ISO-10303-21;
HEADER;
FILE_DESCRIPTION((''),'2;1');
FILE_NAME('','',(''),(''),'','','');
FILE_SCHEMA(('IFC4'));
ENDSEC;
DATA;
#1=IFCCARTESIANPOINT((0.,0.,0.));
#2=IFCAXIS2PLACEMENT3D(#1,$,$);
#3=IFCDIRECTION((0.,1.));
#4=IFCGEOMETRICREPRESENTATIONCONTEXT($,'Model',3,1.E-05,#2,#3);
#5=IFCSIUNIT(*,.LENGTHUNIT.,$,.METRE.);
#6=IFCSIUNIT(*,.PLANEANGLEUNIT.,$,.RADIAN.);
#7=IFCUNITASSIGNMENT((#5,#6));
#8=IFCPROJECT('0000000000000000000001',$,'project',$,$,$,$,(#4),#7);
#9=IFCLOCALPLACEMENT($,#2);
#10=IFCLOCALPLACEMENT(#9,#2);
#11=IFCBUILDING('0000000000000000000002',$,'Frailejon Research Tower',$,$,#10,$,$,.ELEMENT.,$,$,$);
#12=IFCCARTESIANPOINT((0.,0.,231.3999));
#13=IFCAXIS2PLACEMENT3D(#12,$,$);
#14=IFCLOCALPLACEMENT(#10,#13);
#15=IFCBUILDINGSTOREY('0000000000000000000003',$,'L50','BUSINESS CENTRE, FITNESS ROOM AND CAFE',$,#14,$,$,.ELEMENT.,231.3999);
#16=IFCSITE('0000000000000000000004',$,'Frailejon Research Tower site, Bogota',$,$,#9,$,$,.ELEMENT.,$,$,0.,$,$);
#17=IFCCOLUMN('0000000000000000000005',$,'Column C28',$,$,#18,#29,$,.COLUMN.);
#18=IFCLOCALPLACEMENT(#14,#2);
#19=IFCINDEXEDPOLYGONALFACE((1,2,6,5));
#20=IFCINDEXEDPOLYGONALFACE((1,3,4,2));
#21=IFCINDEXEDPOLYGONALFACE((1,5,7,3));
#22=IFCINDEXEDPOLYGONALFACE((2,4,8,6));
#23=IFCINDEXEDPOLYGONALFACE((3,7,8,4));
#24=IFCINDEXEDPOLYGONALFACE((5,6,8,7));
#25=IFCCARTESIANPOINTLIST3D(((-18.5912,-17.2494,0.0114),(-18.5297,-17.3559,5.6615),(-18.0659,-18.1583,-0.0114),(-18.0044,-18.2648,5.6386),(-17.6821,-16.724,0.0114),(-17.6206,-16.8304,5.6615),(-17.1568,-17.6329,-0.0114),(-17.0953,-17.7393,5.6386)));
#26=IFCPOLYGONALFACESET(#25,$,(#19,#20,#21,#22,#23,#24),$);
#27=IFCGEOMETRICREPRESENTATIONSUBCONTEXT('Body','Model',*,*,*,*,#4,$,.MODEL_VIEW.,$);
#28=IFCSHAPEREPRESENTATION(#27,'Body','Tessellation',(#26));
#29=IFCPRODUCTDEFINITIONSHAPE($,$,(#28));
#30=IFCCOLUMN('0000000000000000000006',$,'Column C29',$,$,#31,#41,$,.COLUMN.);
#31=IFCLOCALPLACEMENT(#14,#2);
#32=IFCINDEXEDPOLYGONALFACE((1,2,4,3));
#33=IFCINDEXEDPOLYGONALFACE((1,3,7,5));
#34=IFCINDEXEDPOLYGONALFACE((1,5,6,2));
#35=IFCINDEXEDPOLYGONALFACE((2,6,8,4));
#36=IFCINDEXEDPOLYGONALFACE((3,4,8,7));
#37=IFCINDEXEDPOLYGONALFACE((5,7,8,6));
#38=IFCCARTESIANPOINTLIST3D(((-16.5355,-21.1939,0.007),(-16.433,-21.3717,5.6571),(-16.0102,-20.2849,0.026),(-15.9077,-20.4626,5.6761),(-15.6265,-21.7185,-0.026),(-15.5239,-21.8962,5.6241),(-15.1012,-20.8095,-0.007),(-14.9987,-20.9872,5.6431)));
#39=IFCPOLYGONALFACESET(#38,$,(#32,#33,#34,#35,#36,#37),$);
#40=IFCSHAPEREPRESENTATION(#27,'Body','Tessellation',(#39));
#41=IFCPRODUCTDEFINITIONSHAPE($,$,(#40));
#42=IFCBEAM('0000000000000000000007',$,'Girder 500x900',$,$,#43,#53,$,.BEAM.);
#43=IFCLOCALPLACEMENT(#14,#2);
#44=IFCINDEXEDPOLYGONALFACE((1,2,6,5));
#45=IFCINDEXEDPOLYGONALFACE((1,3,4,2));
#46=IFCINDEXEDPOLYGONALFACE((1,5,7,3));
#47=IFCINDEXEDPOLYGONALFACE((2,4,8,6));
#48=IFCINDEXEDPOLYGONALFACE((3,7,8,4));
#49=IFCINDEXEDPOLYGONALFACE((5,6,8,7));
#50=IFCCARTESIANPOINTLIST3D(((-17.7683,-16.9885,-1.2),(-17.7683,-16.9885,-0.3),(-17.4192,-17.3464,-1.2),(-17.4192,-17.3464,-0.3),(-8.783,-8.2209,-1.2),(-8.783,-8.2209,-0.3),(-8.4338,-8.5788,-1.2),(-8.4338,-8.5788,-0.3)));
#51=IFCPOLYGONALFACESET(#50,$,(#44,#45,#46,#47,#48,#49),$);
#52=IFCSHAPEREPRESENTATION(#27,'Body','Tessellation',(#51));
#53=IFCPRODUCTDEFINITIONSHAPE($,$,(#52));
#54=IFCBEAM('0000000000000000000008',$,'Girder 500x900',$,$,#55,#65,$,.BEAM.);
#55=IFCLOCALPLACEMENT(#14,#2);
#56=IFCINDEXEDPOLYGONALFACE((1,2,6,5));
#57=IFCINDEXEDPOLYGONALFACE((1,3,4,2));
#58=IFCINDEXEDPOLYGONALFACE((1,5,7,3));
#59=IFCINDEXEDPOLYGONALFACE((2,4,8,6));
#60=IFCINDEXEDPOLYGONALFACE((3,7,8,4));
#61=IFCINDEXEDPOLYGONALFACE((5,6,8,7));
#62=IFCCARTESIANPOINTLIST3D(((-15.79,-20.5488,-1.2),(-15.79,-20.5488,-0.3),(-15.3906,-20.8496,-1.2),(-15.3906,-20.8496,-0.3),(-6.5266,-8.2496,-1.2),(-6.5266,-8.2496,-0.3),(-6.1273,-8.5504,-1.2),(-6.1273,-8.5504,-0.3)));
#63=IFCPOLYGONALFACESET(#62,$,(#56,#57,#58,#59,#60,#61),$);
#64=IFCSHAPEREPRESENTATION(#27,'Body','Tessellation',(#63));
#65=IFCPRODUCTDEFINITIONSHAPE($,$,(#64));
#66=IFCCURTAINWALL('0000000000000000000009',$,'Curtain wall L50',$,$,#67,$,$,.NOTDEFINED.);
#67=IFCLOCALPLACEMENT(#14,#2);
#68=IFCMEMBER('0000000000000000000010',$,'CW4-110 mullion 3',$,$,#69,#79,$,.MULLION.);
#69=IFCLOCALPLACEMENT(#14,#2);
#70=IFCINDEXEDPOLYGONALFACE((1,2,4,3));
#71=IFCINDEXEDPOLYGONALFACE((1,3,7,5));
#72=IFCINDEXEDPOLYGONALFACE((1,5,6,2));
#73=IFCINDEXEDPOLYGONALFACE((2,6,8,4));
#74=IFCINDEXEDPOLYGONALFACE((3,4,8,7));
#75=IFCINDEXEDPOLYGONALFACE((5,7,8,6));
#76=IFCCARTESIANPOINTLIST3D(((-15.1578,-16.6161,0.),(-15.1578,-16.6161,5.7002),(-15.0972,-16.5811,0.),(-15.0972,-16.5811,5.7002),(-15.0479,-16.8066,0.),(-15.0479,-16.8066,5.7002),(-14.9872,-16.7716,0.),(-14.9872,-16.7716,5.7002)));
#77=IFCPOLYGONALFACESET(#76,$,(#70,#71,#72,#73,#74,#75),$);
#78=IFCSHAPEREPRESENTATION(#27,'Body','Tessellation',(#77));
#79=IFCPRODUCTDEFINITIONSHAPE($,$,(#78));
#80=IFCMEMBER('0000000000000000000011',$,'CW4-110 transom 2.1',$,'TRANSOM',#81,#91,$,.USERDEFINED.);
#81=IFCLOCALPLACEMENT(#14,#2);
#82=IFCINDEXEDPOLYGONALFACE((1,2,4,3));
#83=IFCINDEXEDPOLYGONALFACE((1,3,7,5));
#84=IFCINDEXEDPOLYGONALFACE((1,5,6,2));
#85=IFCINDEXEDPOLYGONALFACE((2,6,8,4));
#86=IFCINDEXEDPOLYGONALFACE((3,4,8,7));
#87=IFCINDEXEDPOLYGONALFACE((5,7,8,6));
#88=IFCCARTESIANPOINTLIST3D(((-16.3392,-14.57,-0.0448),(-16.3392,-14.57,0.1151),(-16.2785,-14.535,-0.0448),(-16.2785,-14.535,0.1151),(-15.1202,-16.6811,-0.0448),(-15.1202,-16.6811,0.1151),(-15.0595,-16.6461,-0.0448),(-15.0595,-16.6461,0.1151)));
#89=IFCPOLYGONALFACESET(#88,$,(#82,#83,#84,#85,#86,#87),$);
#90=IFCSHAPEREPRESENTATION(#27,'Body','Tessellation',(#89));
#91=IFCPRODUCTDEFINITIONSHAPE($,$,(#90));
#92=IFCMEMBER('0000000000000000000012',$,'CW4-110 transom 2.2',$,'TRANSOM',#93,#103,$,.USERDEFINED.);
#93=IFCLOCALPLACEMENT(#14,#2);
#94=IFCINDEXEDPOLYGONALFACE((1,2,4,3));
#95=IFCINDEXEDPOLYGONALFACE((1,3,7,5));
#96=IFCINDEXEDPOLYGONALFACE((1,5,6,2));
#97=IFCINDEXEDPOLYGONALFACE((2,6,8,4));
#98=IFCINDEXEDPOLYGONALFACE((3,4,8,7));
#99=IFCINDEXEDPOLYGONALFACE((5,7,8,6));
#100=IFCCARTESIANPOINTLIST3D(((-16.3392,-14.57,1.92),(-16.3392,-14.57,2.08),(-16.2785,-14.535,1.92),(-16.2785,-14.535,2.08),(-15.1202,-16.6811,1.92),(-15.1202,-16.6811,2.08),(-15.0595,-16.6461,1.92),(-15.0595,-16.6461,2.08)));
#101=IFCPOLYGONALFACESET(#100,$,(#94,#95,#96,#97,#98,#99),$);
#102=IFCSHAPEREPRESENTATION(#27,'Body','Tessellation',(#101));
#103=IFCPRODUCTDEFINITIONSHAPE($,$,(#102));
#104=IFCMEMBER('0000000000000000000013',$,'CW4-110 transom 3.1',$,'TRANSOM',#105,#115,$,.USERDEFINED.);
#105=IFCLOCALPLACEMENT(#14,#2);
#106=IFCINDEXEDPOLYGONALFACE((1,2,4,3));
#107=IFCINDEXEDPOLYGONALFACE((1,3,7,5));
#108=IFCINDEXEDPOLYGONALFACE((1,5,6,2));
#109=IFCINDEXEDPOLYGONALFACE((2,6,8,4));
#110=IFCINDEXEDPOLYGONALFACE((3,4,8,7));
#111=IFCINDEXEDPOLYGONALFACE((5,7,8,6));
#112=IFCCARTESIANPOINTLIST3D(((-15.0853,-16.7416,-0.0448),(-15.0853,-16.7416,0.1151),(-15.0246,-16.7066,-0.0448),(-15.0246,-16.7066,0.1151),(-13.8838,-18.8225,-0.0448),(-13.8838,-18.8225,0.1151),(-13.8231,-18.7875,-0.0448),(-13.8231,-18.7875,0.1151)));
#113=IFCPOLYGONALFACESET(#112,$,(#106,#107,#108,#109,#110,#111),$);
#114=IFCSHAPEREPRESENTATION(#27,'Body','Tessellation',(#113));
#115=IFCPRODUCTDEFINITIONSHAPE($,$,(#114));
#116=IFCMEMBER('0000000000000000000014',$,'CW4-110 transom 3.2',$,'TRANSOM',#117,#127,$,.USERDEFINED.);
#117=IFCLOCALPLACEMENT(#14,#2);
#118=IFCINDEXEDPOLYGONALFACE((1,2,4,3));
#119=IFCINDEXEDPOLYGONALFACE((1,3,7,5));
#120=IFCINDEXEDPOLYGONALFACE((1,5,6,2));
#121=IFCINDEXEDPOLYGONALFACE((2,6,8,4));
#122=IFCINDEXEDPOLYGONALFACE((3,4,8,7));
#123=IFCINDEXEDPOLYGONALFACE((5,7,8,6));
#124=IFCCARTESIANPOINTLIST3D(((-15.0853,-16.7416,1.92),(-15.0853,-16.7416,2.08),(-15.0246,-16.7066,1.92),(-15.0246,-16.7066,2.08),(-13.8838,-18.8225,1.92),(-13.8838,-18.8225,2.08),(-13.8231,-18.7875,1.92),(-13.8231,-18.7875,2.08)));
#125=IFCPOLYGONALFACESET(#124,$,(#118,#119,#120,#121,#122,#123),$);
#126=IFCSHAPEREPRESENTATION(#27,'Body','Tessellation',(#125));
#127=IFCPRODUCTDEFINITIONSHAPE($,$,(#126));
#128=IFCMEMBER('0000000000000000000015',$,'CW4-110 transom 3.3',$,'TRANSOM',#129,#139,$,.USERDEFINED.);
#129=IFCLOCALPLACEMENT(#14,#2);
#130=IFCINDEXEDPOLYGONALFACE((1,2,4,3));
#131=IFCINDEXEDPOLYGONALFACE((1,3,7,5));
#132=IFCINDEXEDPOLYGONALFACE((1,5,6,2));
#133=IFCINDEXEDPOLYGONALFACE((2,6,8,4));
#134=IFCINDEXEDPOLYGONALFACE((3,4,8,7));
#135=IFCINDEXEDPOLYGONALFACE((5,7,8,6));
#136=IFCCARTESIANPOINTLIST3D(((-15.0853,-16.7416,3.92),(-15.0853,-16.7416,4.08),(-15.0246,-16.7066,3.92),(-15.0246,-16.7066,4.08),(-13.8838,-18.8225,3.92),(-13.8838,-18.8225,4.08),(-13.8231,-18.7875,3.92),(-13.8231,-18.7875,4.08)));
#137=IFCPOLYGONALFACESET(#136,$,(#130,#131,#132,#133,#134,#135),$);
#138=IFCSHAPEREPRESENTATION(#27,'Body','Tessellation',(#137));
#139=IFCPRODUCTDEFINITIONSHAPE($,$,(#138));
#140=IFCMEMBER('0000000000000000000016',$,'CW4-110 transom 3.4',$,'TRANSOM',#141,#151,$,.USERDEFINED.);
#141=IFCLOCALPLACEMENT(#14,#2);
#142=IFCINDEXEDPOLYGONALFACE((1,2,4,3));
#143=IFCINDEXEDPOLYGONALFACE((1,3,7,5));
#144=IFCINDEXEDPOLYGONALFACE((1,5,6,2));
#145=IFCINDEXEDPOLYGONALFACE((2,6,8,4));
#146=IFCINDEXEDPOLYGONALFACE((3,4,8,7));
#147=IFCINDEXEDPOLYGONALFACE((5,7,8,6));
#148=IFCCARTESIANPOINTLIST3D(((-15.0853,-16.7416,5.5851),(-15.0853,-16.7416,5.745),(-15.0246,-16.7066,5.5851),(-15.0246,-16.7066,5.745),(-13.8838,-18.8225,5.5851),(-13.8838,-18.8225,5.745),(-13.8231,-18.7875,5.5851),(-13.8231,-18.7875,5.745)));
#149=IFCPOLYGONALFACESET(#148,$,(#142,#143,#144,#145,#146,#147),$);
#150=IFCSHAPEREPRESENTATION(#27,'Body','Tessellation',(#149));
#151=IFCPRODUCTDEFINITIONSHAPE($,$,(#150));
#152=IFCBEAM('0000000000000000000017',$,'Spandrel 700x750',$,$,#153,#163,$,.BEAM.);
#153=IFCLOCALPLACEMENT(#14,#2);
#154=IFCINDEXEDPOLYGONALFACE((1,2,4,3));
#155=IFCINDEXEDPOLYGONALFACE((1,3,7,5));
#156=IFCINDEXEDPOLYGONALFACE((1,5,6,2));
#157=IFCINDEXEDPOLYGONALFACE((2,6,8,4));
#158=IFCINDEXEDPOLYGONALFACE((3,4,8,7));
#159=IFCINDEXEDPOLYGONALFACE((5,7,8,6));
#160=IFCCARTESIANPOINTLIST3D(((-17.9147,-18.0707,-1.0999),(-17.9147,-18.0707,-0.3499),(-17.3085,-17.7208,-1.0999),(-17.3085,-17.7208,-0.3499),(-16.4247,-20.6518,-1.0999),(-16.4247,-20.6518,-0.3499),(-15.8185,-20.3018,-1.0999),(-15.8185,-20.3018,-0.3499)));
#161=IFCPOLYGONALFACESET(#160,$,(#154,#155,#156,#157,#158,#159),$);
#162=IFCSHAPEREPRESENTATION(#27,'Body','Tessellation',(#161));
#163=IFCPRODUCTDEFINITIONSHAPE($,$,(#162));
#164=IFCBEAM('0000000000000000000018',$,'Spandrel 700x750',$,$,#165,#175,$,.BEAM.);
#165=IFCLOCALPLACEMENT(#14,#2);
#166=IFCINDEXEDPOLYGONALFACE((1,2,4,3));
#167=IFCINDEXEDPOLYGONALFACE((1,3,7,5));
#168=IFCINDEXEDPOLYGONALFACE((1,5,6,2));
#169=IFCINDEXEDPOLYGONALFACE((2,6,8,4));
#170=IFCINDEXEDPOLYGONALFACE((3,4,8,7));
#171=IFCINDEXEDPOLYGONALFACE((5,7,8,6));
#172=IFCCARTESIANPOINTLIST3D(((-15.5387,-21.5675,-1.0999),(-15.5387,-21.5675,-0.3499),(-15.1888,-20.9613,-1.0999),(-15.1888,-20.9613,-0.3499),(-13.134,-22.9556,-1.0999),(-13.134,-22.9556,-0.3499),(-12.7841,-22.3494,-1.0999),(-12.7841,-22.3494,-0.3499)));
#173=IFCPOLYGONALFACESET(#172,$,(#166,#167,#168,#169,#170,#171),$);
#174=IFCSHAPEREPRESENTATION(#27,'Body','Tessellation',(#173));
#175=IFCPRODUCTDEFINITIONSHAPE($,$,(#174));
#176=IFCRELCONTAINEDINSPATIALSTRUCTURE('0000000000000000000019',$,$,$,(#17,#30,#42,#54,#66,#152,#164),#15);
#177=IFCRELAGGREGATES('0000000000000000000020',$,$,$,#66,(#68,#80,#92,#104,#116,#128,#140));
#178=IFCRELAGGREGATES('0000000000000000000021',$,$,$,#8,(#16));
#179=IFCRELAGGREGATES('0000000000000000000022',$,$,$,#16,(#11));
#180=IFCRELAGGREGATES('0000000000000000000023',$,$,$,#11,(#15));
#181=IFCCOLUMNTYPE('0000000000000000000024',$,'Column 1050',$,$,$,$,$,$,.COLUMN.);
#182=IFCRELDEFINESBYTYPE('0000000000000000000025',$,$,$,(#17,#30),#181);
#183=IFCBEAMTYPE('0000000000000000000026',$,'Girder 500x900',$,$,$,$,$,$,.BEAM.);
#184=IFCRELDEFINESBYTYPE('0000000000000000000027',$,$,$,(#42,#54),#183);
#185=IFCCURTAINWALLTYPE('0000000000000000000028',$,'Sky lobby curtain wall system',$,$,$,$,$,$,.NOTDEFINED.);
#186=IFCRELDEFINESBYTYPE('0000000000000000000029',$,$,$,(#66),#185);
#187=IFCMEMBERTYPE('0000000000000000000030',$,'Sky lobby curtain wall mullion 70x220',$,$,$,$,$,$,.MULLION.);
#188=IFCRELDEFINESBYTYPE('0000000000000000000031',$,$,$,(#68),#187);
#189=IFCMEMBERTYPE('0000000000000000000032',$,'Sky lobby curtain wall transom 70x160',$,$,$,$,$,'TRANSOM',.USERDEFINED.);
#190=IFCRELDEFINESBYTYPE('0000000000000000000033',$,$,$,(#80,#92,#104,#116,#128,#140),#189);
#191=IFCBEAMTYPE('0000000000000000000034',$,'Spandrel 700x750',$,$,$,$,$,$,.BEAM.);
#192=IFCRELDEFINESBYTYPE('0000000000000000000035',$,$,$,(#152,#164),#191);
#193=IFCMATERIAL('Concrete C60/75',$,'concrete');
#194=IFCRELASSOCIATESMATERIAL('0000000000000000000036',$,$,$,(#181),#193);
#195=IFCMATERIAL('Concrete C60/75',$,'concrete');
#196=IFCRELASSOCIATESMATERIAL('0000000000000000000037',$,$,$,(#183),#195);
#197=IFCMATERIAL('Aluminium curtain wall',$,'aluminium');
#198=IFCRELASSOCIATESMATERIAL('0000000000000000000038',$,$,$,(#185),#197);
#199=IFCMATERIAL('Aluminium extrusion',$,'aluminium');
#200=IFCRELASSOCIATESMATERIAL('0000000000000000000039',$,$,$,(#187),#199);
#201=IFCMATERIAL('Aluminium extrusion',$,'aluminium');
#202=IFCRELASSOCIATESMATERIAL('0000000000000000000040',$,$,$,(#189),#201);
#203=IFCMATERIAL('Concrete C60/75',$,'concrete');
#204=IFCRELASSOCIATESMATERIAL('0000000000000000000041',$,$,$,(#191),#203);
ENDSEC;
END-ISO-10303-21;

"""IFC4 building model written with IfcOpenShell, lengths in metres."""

from ifc_helpers import new_model, si_unit, direction, frame, origin, origin_2d, place, context, subcontext, project, spatial, rectangle, extrude, material, material_profile, profile_set, type_object, element, aggregate, save


model = new_model("IFC4")

# Units and contexts
model_context = context("Model", 3, precision=1e-05, world=origin(), true_north=direction((0.0, 1.0)))
body_context = subcontext(model_context, "Body", "Model", "MODEL_VIEW")
ifc_project = project(units=[si_unit("LENGTHUNIT", "METRE"), si_unit("PLANEANGLEUNIT", "RADIAN")], contexts=[model_context])

# Site, building, storey
site_placement = place(None, origin())
site = spatial("IfcSite", under=ifc_project, at=site_placement, Name="Frailejon Research Tower site, Bogota", CompositionType="ELEMENT", RefElevation=0.0)
building_placement = place(site_placement, origin())
building = spatial("IfcBuilding", under=site, at=building_placement, Name="Frailejon Research Tower", CompositionType="ELEMENT")
storey_placement = place(building_placement, frame((0.0, 0.0, 231.3999)))
storey = spatial("IfcBuildingStorey", under=building, at=storey_placement, Name="L50", Description="BUSINESS CENTRE, FITNESS ROOM AND CAFE", CompositionType="ELEMENT", Elevation=231.3999)

# Columns
ifc_material_1 = material(Name="Concrete C60/75", Category="concrete")
ifc_material_profile_1 = material_profile(ifc_material_1, rectangle(XDim=1.05, YDim=1.05, at=origin_2d()), Name="Column 1050")
ifc_profile_set_1 = profile_set([ifc_material_profile_1], Name="Concrete C60/75")
column_type = type_object("IfcColumnType", Name="Column 1050", PredefinedType="COLUMN", material=ifc_profile_set_1)
column_1_placement = place(storey_placement, frame((-17.874, -17.4412, 0.0), z_axis=(0.010886, -0.018835, 0.999763), x_axis=(0.500282, -0.865589, -0.021755)))
element("IfcColumn", 1, at=column_1_placement, inside=storey, type_object=column_type, Name="Column C28", PredefinedType="COLUMN", context=body_context, shape_type="SweptSolid", body=[
    extrude(rectangle(XDim=1.05, YDim=1.05, at=origin_2d()), origin(), (0.0, 0.0, 1.0), 5.6514),
])
column_2_placement = place(storey_placement, frame((-15.8184, -21.0017, 0.0), z_axis=(0.018136, -0.031436, 0.999341), x_axis=(0.8657, -0.499576, -0.031426)))
element("IfcColumn", 2, at=column_2_placement, inside=storey, type_object=column_type, Name="Column C29", PredefinedType="COLUMN", context=body_context, shape_type="SweptSolid", body=[
    extrude(rectangle(XDim=1.05, YDim=1.05, at=origin_2d()), origin(), (0.0, 0.0, 1.0), 5.6538),
])

# Beams
ifc_material_2 = material(Name="Concrete C60/75", Category="concrete")
ifc_material_profile_2 = material_profile(ifc_material_2, rectangle(XDim=0.5, YDim=0.8999, at=origin_2d()), Name="Girder 500x900")
ifc_profile_set_2 = profile_set([ifc_material_profile_2], Name="Concrete C60/75")
beam_type_1 = type_object("IfcBeamType", Name="Girder 500x900", PredefinedType="BEAM", material=ifc_profile_set_2)
beam_1_placement = place(storey_placement, frame((-17.5938, -17.1675, -0.75), z_axis=(0.715727, 0.69838, 0.0), x_axis=(-0.69838, 0.715727, 0.0)))
element("IfcBeam", 3, at=beam_1_placement, inside=storey, type_object=beam_type_1, Name="Girder 500x900", PredefinedType="BEAM", context=body_context, shape_type="SweptSolid", body=[
    extrude(rectangle(XDim=0.5, YDim=0.8999, at=origin_2d()), origin(), (0.0, 0.0, 1.0), 12.5542),
])
beam_2_placement = place(storey_placement, frame((-15.5903, -20.6992, -0.75), z_axis=(0.601617, 0.798784, 0.0), x_axis=(-0.798784, 0.601617, 0.0)))
element("IfcBeam", 4, at=beam_2_placement, inside=storey, type_object=beam_type_1, Name="Girder 500x900", PredefinedType="BEAM", context=body_context, shape_type="SweptSolid", body=[
    extrude(rectangle(XDim=0.5, YDim=0.8999, at=origin_2d()), origin(), (0.0, 0.0, 1.0), 15.3975),
])

# Curtain wall, members
ifc_material_3 = material(Name="Aluminium curtain wall", Category="aluminium")
curtain_wall_type = type_object("IfcCurtainWallType", Name="Sky lobby curtain wall system", PredefinedType="NOTDEFINED", material=ifc_material_3)
curtain_wall_placement = place(storey_placement, origin())
curtain_wall = element("IfcCurtainWall", 5, at=curtain_wall_placement, inside=storey, type_object=curtain_wall_type, Name="Curtain wall L50", PredefinedType="NOTDEFINED")
ifc_material_4 = material(Name="Aluminium extrusion", Category="aluminium")
ifc_material_profile_3 = material_profile(ifc_material_4, rectangle(XDim=0.0701, YDim=0.22, at=origin_2d()), Name="Sky lobby curtain wall mullion 70x220")
ifc_profile_set_3 = profile_set([ifc_material_profile_3], Name="Aluminium extrusion")
member_type_1 = type_object("IfcMemberType", Name="Sky lobby curtain wall mullion 70x220", PredefinedType="MULLION", material=ifc_profile_set_3)
member_1_placement = place(storey_placement, frame((-15.0725, -16.6938, 0.0), z_axis=(0.0, 0.0, 1.0), x_axis=(0.866025, 0.500001, 0.0)))
member_1 = element("IfcMember", 6, at=member_1_placement, type_object=member_type_1, Name="CW4-110 mullion 3", PredefinedType="MULLION", context=body_context, shape_type="SweptSolid", body=[
    extrude(rectangle(XDim=0.0701, YDim=0.22, at=origin_2d()), origin(), (0.0, 0.0, 1.0), 5.7002),
])
ifc_material_5 = material(Name="Aluminium extrusion", Category="aluminium")
ifc_material_profile_4 = material_profile(ifc_material_5, rectangle(XDim=0.0701, YDim=0.1599, at=origin_2d()), Name="Sky lobby curtain wall transom 70x160")
ifc_profile_set_4 = profile_set([ifc_material_profile_4], Name="Aluminium extrusion")
member_type_2 = type_object("IfcMemberType", Name="Sky lobby curtain wall transom 70x160", ElementType="TRANSOM", PredefinedType="USERDEFINED", material=ifc_profile_set_4)
member_2_placement = place(storey_placement, frame((-16.3088, -14.5525, 0.0352), z_axis=(0.500049, -0.865997, 0.0), x_axis=(0.865997, 0.500049, 0.0)))
member_2 = element("IfcMember", 7, at=member_2_placement, type_object=member_type_2, Name="CW4-110 transom 2.1", ObjectType="TRANSOM", PredefinedType="USERDEFINED", context=body_context, shape_type="SweptSolid", body=[
    extrude(rectangle(XDim=0.0701, YDim=0.1599, at=origin_2d()), origin(), (0.0, 0.0, 1.0), 2.4377),
])
member_3_placement = place(storey_placement, frame((-16.3088, -14.5525, 2.0), z_axis=(0.500049, -0.865997, 0.0), x_axis=(0.865997, 0.500049, 0.0)))
member_3 = element("IfcMember", 8, at=member_3_placement, type_object=member_type_2, Name="CW4-110 transom 2.2", ObjectType="TRANSOM", PredefinedType="USERDEFINED", context=body_context, shape_type="SweptSolid", body=[
    extrude(rectangle(XDim=0.0701, YDim=0.1599, at=origin_2d()), origin(), (0.0, 0.0, 1.0), 2.4377),
])
member_4_placement = place(storey_placement, frame((-15.0549, -16.7241, 0.0352), z_axis=(0.500019, -0.866015, 0.0), x_axis=(0.866015, 0.500019, 0.0)))
member_4 = element("IfcMember", 9, at=member_4_placement, type_object=member_type_2, Name="CW4-110 transom 3.1", ObjectType="TRANSOM", PredefinedType="USERDEFINED", context=body_context, shape_type="SweptSolid", body=[
    extrude(rectangle(XDim=0.0701, YDim=0.1599, at=origin_2d()), origin(), (0.0, 0.0, 1.0), 2.4028),
])
member_5_placement = place(storey_placement, frame((-15.0549, -16.7241, 2.0), z_axis=(0.500019, -0.866015, 0.0), x_axis=(0.866015, 0.500019, 0.0)))
member_5 = element("IfcMember", 10, at=member_5_placement, type_object=member_type_2, Name="CW4-110 transom 3.2", ObjectType="TRANSOM", PredefinedType="USERDEFINED", context=body_context, shape_type="SweptSolid", body=[
    extrude(rectangle(XDim=0.0701, YDim=0.1599, at=origin_2d()), origin(), (0.0, 0.0, 1.0), 2.4028),
])
member_6_placement = place(storey_placement, frame((-15.0549, -16.7241, 4.0), z_axis=(0.500019, -0.866015, 0.0), x_axis=(0.866015, 0.500019, 0.0)))
member_6 = element("IfcMember", 11, at=member_6_placement, type_object=member_type_2, Name="CW4-110 transom 3.3", ObjectType="TRANSOM", PredefinedType="USERDEFINED", context=body_context, shape_type="SweptSolid", body=[
    extrude(rectangle(XDim=0.0701, YDim=0.1599, at=origin_2d()), origin(), (0.0, 0.0, 1.0), 2.4028),
])
member_7_placement = place(storey_placement, frame((-15.0549, -16.7241, 5.665), z_axis=(0.500019, -0.866015, 0.0), x_axis=(0.866015, 0.500019, 0.0)))
member_7 = element("IfcMember", 12, at=member_7_placement, type_object=member_type_2, Name="CW4-110 transom 3.4", ObjectType="TRANSOM", PredefinedType="USERDEFINED", context=body_context, shape_type="SweptSolid", body=[
    extrude(rectangle(XDim=0.0701, YDim=0.1599, at=origin_2d()), origin(), (0.0, 0.0, 1.0), 2.4028),
])

# Beams
ifc_material_6 = material(Name="Concrete C60/75", Category="concrete")
ifc_material_profile_5 = material_profile(ifc_material_6, rectangle(XDim=0.7, YDim=0.75, at=origin_2d()), Name="Spandrel 700x750")
ifc_profile_set_5 = profile_set([ifc_material_profile_5], Name="Concrete C60/75")
beam_type_2 = type_object("IfcBeamType", Name="Spandrel 700x750", PredefinedType="BEAM", material=ifc_profile_set_5)
beam_3_placement = place(storey_placement, frame((-17.6116, -17.8958, -0.7249), z_axis=(0.499954, -0.866052, 0.0), x_axis=(0.866052, 0.499954, 0.0)))
element("IfcBeam", 13, at=beam_3_placement, inside=storey, type_object=beam_type_2, Name="Spandrel 700x750", PredefinedType="BEAM", context=body_context, shape_type="SweptSolid", body=[
    extrude(rectangle(XDim=0.7, YDim=0.75, at=origin_2d()), origin(), (0.0, 0.0, 1.0), 2.9802),
])
beam_4_placement = place(storey_placement, frame((-15.3638, -21.2644, -0.7249), z_axis=(0.86606, -0.499941, 0.0), x_axis=(0.499941, 0.86606, 0.0)))
element("IfcBeam", 14, at=beam_4_placement, inside=storey, type_object=beam_type_2, Name="Spandrel 700x750", PredefinedType="BEAM", context=body_context, shape_type="SweptSolid", body=[
    extrude(rectangle(XDim=0.7, YDim=0.75, at=origin_2d()), origin(), (0.0, 0.0, 1.0), 2.7766),
])

aggregate(curtain_wall, [member_1, member_2, member_3, member_4, member_5, member_6, member_7])

save(model, "model.ifc")
